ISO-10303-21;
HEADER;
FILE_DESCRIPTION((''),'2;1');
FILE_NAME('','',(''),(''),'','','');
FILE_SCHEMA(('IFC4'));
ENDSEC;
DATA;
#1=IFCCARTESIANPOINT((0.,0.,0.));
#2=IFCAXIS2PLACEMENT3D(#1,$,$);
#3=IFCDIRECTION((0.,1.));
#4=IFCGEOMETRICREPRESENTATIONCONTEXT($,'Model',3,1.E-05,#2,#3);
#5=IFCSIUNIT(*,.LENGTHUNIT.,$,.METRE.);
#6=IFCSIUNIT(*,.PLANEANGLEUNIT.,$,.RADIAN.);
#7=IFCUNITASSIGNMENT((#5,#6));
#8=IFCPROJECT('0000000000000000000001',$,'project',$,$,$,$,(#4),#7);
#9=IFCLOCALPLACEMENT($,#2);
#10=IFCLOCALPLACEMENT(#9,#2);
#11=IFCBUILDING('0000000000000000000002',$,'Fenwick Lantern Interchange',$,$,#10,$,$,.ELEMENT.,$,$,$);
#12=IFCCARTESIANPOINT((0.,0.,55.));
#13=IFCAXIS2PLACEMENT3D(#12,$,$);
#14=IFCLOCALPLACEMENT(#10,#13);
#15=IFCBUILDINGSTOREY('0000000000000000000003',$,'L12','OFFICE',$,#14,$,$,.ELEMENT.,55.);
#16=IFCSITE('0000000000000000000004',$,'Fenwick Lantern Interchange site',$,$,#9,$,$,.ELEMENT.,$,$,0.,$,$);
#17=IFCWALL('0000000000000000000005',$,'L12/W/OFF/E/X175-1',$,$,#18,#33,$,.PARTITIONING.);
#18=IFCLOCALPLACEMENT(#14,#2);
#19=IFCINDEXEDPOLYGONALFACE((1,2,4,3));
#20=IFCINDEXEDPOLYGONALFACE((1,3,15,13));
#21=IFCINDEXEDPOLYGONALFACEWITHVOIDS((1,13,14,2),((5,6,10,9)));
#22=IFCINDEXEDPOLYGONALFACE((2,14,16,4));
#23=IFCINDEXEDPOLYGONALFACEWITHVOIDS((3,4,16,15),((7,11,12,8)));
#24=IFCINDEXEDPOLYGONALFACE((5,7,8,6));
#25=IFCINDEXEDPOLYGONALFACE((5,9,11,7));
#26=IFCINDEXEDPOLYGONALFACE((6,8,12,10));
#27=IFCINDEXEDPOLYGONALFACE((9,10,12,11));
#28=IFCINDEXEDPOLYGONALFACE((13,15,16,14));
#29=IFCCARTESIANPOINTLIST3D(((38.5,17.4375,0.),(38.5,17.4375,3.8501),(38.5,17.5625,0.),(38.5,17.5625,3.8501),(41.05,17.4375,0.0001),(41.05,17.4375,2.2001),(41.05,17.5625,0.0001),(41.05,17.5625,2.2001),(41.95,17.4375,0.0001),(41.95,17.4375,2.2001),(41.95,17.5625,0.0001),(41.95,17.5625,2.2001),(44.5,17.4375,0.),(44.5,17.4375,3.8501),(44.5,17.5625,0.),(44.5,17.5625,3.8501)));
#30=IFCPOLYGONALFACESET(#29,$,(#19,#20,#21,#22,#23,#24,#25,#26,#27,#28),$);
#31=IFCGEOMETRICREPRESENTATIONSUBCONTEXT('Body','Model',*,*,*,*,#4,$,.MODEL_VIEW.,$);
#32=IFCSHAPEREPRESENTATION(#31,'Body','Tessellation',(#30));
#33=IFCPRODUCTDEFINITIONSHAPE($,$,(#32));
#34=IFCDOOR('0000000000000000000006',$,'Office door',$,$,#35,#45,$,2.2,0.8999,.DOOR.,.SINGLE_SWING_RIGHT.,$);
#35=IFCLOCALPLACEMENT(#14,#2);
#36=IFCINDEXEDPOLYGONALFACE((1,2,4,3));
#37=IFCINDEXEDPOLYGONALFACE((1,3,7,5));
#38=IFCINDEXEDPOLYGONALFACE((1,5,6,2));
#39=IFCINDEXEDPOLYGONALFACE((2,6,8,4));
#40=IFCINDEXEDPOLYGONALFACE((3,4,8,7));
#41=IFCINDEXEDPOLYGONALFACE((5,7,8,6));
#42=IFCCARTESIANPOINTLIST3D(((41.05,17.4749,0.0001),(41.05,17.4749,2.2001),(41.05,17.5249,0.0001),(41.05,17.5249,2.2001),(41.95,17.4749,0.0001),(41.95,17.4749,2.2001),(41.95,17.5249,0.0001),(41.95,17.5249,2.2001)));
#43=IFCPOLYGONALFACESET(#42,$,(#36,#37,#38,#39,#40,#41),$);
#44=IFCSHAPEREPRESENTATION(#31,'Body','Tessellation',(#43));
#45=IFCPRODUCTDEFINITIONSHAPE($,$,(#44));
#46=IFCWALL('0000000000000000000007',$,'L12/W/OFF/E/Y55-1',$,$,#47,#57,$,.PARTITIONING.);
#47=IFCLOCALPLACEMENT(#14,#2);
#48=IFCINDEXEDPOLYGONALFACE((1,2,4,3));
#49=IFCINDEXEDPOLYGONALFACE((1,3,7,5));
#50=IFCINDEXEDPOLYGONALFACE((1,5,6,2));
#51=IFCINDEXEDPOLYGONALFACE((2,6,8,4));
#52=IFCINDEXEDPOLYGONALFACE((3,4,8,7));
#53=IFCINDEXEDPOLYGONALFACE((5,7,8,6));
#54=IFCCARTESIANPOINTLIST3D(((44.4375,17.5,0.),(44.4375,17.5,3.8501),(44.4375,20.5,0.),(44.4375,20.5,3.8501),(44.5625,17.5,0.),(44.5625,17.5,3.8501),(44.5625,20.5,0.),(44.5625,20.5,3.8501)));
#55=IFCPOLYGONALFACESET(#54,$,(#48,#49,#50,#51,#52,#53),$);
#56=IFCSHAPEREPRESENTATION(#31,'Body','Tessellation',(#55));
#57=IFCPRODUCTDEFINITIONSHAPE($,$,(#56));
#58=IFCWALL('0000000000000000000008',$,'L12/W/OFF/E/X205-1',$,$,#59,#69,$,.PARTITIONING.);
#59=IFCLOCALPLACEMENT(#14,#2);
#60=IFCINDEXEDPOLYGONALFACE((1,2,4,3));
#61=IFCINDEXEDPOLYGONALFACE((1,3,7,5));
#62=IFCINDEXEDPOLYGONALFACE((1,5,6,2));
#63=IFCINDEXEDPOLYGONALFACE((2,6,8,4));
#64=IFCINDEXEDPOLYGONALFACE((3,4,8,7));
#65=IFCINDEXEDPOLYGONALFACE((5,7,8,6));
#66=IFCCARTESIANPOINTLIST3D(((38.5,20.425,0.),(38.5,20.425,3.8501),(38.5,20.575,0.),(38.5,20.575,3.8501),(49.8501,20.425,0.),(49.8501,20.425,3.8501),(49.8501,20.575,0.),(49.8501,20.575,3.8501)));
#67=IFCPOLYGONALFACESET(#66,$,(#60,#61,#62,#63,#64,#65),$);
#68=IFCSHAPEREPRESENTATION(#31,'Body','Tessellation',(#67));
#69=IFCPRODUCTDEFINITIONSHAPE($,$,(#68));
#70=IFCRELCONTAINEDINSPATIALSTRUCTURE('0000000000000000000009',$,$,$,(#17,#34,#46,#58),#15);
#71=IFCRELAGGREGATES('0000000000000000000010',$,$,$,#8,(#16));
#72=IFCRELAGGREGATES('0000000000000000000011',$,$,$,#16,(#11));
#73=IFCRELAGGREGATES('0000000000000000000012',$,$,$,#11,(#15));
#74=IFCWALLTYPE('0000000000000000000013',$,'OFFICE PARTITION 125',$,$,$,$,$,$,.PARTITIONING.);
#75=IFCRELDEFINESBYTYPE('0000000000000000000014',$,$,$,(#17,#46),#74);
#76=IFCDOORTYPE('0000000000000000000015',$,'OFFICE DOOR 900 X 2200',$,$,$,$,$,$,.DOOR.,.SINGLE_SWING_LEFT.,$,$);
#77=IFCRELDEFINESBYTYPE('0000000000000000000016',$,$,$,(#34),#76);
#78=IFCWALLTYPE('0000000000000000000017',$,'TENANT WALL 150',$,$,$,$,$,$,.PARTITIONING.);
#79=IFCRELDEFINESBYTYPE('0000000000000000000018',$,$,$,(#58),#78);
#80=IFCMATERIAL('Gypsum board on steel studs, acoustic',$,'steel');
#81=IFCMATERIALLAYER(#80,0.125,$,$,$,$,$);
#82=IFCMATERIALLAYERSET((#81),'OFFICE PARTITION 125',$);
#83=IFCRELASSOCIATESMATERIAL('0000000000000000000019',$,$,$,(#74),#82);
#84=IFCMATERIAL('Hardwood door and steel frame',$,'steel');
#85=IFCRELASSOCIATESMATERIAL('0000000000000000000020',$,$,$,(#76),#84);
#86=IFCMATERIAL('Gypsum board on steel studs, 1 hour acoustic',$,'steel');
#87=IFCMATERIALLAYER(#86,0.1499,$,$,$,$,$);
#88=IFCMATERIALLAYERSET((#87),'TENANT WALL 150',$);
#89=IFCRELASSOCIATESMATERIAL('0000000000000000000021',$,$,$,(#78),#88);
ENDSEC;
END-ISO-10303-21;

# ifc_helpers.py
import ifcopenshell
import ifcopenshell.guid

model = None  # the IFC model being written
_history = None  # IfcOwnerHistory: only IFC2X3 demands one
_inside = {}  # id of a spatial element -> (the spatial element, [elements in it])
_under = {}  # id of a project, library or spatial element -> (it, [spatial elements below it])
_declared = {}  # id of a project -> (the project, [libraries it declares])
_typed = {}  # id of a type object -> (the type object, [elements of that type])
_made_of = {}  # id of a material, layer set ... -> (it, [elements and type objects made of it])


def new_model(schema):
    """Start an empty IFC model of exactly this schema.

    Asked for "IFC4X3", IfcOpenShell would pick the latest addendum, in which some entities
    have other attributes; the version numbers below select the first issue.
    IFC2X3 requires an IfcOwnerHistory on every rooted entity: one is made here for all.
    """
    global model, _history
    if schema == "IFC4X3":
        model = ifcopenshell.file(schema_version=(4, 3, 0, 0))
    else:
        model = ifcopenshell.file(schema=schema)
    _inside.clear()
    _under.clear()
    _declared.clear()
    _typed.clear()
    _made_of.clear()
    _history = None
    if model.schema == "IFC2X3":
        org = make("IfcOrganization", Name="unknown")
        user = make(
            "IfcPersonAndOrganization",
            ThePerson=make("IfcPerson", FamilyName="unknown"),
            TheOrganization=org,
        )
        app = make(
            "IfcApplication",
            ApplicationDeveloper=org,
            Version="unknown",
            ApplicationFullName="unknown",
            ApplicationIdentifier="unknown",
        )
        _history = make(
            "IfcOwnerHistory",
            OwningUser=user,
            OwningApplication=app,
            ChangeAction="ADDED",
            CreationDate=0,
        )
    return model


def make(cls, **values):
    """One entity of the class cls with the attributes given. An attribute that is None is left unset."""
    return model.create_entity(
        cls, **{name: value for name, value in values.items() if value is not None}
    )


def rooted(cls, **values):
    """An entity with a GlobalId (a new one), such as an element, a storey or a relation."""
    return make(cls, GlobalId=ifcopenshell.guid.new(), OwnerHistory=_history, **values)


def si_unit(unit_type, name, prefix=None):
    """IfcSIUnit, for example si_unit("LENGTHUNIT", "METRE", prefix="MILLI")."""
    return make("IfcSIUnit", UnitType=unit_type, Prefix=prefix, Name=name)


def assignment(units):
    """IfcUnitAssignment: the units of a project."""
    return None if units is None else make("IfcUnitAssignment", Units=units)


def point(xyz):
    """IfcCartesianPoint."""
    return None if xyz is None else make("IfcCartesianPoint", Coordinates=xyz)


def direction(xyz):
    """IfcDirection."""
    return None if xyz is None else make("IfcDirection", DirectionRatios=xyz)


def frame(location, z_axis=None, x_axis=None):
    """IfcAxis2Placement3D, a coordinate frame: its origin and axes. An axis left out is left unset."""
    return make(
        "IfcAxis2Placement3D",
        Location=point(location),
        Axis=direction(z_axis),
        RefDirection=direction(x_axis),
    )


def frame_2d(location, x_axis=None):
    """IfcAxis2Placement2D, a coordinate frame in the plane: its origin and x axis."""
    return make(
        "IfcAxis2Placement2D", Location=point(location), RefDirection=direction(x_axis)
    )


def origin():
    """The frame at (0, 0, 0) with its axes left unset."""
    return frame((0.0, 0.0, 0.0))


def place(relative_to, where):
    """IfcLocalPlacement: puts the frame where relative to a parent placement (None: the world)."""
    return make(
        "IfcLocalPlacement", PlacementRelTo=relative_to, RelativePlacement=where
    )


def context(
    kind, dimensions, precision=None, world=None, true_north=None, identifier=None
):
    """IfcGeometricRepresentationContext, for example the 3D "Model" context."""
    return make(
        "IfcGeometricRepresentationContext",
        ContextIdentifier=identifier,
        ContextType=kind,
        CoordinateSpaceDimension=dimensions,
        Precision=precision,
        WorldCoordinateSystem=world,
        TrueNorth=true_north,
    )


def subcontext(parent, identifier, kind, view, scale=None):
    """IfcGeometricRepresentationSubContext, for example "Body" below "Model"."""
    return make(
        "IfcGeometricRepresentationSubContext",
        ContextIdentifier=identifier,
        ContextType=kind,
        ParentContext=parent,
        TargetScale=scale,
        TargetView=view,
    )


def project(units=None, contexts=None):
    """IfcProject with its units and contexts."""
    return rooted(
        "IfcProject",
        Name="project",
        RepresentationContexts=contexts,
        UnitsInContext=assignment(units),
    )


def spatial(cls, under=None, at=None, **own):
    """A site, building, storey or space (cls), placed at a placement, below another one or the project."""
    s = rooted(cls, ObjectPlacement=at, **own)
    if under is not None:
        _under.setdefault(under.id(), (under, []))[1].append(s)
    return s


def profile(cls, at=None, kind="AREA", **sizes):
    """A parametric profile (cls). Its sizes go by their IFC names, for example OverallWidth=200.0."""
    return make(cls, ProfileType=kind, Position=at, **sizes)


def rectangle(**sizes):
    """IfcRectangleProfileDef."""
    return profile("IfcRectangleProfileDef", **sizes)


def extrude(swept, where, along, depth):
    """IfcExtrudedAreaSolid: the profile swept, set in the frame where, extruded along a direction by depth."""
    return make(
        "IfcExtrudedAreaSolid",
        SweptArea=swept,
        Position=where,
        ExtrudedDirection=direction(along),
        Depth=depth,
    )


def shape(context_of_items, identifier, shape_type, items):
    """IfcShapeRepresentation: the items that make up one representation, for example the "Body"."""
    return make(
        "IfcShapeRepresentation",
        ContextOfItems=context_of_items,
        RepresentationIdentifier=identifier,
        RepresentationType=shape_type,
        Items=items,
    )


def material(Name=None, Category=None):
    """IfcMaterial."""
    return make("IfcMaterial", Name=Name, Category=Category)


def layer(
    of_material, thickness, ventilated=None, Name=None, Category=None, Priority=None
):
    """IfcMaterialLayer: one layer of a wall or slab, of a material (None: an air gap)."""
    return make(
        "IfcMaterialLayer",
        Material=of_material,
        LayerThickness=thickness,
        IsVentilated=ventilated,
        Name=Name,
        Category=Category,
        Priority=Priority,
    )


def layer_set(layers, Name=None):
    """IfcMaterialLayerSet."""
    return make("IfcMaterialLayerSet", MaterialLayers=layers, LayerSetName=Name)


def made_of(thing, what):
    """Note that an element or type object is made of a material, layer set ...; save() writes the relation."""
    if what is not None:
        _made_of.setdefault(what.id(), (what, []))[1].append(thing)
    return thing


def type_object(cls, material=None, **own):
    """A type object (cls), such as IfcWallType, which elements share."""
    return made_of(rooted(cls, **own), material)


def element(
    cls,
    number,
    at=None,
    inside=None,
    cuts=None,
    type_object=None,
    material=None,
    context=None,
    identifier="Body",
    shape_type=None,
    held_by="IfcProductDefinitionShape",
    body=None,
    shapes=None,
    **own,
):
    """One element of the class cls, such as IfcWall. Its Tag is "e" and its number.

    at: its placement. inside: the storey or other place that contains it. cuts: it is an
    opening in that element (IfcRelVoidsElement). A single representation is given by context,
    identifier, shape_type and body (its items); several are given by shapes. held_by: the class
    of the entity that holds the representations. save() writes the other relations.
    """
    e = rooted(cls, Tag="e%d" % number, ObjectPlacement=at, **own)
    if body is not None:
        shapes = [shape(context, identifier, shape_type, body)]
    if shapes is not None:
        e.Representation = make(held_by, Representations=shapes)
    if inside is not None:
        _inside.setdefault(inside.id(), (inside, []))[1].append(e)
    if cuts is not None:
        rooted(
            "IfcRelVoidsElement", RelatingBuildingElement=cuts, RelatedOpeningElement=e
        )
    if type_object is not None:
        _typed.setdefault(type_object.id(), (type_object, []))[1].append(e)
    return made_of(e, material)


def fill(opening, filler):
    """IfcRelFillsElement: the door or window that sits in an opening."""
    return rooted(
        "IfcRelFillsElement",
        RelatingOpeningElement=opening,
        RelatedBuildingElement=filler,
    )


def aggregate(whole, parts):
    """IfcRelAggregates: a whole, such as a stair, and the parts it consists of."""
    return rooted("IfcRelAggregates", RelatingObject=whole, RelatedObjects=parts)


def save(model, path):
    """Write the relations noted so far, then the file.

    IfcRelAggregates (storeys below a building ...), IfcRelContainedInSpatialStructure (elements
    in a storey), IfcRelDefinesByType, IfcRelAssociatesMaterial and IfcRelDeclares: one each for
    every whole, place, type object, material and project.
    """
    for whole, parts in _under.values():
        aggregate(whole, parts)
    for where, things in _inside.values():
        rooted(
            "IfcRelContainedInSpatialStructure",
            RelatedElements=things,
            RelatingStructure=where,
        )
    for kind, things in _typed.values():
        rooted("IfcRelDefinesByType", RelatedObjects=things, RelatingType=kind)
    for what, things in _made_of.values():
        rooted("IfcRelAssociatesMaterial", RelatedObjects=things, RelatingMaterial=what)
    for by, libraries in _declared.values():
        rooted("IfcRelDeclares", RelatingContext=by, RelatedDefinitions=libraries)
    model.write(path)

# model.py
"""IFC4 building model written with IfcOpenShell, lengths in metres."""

from ifc_helpers import new_model, si_unit, direction, frame, frame_2d, origin, place, context, subcontext, project, spatial, rectangle, extrude, material, layer, layer_set, type_object, element, fill, save


model = new_model("IFC4")

# Units and contexts
model_context = context("Model", 3, precision=1e-05, world=origin(), true_north=direction((0.0, 1.0)))
body_context = subcontext(model_context, "Body", "Model", "MODEL_VIEW")
ifc_project = project(units=[si_unit("LENGTHUNIT", "METRE"), si_unit("PLANEANGLEUNIT", "RADIAN")], contexts=[model_context])

# Site, building, storey
site_placement = place(None, origin())
site = spatial("IfcSite", under=ifc_project, at=site_placement, Name="Fenwick Lantern Interchange site", CompositionType="ELEMENT", RefElevation=0.0)
building_placement = place(site_placement, origin())
building = spatial("IfcBuilding", under=site, at=building_placement, Name="Fenwick Lantern Interchange", CompositionType="ELEMENT")
storey_placement = place(building_placement, frame((0.0, 0.0, 55.0)))
storey = spatial("IfcBuildingStorey", under=building, at=storey_placement, Name="L12", Description="OFFICE", CompositionType="ELEMENT", Elevation=55.0)

# Wall, opening, door
ifc_material_1 = material(Name="Gypsum board on steel studs, acoustic", Category="steel")
ifc_layer_1 = layer(ifc_material_1, 0.125)
ifc_layer_set_1 = layer_set([ifc_layer_1], Name="OFFICE PARTITION 125")
wall_type_1 = type_object("IfcWallType", Name="OFFICE PARTITION 125", PredefinedType="PARTITIONING", material=ifc_layer_set_1)
wall_1_placement = place(storey_placement, frame((44.5, 17.5, 0.0), z_axis=(0.0, 0.0, 1.0), x_axis=(-1.0, 0.0, 0.0)))
wall_1 = element("IfcWall", 1, at=wall_1_placement, inside=storey, type_object=wall_type_1, Name="L12/W/OFF/E/X175-1", PredefinedType="PARTITIONING", context=body_context, shape_type="SweptSolid", body=[
    extrude(rectangle(XDim=6.0, YDim=0.125, at=frame_2d((3.0, 0.0))), origin(), (0.0, 0.0, 1.0), 3.8501),
])
opening_placement = place(wall_1_placement, frame((2.55, 0.0, 0.0)))
opening = element("IfcOpeningElement", 2, at=opening_placement, cuts=wall_1, PredefinedType="OPENING", context=body_context, shape_type="SweptSolid", body=[
    extrude(rectangle(XDim=0.8999, YDim=2.2, at=frame_2d((0.45, 1.1001))), frame((0.0, 0.0725, 0.0), z_axis=(0.0, -1.0, 0.0), x_axis=(1.0, 0.0, 0.0)), (0.0, 0.0, 1.0), 0.145),
])
ifc_material_2 = material(Name="Hardwood door and steel frame", Category="steel")
door_type = type_object("IfcDoorType", Name="OFFICE DOOR 900 X 2200", OperationType="SINGLE_SWING_LEFT", PredefinedType="DOOR", material=ifc_material_2)
door_placement = place(opening_placement, frame((0.8999, 0.0, 0.0), z_axis=(0.0, 0.0, 1.0), x_axis=(-1.0, 0.0, 0.0)))
door = element("IfcDoor", 3, at=door_placement, inside=storey, type_object=door_type, Name="Office door", OperationType="SINGLE_SWING_RIGHT", OverallHeight=2.2, OverallWidth=0.8999, PredefinedType="DOOR", context=body_context, shape_type="SweptSolid", body=[
    extrude(rectangle(XDim=0.8999, YDim=2.2, at=frame_2d((0.45, 1.1001))), frame((0.0, 0.0249, 0.0), z_axis=(0.0, -1.0, 0.0), x_axis=(1.0, 0.0, 0.0)), (0.0, 0.0, 1.0), 0.05),
])
fill(opening, door)

# Walls
wall_2_placement = place(storey_placement, frame((44.5, 17.5, 0.0), z_axis=(0.0, 0.0, 1.0), x_axis=(0.0, 1.0, 0.0)))
element("IfcWall", 4, at=wall_2_placement, inside=storey, type_object=wall_type_1, Name="L12/W/OFF/E/Y55-1", PredefinedType="PARTITIONING", context=body_context, shape_type="SweptSolid", body=[
    extrude(rectangle(XDim=3.0, YDim=0.125, at=frame_2d((1.5, 0.0))), origin(), (0.0, 0.0, 1.0), 3.8501),
])
ifc_material_3 = material(Name="Gypsum board on steel studs, 1 hour acoustic", Category="steel")
ifc_layer_2 = layer(ifc_material_3, 0.1499)
ifc_layer_set_2 = layer_set([ifc_layer_2], Name="TENANT WALL 150")
wall_type_2 = type_object("IfcWallType", Name="TENANT WALL 150", PredefinedType="PARTITIONING", material=ifc_layer_set_2)
wall_3_placement = place(storey_placement, frame((49.8501, 20.5, 0.0), z_axis=(0.0, 0.0, 1.0), x_axis=(-1.0, 0.0, 0.0)))
element("IfcWall", 5, at=wall_3_placement, inside=storey, type_object=wall_type_2, Name="L12/W/OFF/E/X205-1", PredefinedType="PARTITIONING", context=body_context, shape_type="SweptSolid", body=[
    extrude(rectangle(XDim=11.3501, YDim=0.1499, at=frame_2d((5.675, 0.0))), origin(), (0.0, 0.0, 1.0), 3.8501),
])

save(model, "model.ifc")
